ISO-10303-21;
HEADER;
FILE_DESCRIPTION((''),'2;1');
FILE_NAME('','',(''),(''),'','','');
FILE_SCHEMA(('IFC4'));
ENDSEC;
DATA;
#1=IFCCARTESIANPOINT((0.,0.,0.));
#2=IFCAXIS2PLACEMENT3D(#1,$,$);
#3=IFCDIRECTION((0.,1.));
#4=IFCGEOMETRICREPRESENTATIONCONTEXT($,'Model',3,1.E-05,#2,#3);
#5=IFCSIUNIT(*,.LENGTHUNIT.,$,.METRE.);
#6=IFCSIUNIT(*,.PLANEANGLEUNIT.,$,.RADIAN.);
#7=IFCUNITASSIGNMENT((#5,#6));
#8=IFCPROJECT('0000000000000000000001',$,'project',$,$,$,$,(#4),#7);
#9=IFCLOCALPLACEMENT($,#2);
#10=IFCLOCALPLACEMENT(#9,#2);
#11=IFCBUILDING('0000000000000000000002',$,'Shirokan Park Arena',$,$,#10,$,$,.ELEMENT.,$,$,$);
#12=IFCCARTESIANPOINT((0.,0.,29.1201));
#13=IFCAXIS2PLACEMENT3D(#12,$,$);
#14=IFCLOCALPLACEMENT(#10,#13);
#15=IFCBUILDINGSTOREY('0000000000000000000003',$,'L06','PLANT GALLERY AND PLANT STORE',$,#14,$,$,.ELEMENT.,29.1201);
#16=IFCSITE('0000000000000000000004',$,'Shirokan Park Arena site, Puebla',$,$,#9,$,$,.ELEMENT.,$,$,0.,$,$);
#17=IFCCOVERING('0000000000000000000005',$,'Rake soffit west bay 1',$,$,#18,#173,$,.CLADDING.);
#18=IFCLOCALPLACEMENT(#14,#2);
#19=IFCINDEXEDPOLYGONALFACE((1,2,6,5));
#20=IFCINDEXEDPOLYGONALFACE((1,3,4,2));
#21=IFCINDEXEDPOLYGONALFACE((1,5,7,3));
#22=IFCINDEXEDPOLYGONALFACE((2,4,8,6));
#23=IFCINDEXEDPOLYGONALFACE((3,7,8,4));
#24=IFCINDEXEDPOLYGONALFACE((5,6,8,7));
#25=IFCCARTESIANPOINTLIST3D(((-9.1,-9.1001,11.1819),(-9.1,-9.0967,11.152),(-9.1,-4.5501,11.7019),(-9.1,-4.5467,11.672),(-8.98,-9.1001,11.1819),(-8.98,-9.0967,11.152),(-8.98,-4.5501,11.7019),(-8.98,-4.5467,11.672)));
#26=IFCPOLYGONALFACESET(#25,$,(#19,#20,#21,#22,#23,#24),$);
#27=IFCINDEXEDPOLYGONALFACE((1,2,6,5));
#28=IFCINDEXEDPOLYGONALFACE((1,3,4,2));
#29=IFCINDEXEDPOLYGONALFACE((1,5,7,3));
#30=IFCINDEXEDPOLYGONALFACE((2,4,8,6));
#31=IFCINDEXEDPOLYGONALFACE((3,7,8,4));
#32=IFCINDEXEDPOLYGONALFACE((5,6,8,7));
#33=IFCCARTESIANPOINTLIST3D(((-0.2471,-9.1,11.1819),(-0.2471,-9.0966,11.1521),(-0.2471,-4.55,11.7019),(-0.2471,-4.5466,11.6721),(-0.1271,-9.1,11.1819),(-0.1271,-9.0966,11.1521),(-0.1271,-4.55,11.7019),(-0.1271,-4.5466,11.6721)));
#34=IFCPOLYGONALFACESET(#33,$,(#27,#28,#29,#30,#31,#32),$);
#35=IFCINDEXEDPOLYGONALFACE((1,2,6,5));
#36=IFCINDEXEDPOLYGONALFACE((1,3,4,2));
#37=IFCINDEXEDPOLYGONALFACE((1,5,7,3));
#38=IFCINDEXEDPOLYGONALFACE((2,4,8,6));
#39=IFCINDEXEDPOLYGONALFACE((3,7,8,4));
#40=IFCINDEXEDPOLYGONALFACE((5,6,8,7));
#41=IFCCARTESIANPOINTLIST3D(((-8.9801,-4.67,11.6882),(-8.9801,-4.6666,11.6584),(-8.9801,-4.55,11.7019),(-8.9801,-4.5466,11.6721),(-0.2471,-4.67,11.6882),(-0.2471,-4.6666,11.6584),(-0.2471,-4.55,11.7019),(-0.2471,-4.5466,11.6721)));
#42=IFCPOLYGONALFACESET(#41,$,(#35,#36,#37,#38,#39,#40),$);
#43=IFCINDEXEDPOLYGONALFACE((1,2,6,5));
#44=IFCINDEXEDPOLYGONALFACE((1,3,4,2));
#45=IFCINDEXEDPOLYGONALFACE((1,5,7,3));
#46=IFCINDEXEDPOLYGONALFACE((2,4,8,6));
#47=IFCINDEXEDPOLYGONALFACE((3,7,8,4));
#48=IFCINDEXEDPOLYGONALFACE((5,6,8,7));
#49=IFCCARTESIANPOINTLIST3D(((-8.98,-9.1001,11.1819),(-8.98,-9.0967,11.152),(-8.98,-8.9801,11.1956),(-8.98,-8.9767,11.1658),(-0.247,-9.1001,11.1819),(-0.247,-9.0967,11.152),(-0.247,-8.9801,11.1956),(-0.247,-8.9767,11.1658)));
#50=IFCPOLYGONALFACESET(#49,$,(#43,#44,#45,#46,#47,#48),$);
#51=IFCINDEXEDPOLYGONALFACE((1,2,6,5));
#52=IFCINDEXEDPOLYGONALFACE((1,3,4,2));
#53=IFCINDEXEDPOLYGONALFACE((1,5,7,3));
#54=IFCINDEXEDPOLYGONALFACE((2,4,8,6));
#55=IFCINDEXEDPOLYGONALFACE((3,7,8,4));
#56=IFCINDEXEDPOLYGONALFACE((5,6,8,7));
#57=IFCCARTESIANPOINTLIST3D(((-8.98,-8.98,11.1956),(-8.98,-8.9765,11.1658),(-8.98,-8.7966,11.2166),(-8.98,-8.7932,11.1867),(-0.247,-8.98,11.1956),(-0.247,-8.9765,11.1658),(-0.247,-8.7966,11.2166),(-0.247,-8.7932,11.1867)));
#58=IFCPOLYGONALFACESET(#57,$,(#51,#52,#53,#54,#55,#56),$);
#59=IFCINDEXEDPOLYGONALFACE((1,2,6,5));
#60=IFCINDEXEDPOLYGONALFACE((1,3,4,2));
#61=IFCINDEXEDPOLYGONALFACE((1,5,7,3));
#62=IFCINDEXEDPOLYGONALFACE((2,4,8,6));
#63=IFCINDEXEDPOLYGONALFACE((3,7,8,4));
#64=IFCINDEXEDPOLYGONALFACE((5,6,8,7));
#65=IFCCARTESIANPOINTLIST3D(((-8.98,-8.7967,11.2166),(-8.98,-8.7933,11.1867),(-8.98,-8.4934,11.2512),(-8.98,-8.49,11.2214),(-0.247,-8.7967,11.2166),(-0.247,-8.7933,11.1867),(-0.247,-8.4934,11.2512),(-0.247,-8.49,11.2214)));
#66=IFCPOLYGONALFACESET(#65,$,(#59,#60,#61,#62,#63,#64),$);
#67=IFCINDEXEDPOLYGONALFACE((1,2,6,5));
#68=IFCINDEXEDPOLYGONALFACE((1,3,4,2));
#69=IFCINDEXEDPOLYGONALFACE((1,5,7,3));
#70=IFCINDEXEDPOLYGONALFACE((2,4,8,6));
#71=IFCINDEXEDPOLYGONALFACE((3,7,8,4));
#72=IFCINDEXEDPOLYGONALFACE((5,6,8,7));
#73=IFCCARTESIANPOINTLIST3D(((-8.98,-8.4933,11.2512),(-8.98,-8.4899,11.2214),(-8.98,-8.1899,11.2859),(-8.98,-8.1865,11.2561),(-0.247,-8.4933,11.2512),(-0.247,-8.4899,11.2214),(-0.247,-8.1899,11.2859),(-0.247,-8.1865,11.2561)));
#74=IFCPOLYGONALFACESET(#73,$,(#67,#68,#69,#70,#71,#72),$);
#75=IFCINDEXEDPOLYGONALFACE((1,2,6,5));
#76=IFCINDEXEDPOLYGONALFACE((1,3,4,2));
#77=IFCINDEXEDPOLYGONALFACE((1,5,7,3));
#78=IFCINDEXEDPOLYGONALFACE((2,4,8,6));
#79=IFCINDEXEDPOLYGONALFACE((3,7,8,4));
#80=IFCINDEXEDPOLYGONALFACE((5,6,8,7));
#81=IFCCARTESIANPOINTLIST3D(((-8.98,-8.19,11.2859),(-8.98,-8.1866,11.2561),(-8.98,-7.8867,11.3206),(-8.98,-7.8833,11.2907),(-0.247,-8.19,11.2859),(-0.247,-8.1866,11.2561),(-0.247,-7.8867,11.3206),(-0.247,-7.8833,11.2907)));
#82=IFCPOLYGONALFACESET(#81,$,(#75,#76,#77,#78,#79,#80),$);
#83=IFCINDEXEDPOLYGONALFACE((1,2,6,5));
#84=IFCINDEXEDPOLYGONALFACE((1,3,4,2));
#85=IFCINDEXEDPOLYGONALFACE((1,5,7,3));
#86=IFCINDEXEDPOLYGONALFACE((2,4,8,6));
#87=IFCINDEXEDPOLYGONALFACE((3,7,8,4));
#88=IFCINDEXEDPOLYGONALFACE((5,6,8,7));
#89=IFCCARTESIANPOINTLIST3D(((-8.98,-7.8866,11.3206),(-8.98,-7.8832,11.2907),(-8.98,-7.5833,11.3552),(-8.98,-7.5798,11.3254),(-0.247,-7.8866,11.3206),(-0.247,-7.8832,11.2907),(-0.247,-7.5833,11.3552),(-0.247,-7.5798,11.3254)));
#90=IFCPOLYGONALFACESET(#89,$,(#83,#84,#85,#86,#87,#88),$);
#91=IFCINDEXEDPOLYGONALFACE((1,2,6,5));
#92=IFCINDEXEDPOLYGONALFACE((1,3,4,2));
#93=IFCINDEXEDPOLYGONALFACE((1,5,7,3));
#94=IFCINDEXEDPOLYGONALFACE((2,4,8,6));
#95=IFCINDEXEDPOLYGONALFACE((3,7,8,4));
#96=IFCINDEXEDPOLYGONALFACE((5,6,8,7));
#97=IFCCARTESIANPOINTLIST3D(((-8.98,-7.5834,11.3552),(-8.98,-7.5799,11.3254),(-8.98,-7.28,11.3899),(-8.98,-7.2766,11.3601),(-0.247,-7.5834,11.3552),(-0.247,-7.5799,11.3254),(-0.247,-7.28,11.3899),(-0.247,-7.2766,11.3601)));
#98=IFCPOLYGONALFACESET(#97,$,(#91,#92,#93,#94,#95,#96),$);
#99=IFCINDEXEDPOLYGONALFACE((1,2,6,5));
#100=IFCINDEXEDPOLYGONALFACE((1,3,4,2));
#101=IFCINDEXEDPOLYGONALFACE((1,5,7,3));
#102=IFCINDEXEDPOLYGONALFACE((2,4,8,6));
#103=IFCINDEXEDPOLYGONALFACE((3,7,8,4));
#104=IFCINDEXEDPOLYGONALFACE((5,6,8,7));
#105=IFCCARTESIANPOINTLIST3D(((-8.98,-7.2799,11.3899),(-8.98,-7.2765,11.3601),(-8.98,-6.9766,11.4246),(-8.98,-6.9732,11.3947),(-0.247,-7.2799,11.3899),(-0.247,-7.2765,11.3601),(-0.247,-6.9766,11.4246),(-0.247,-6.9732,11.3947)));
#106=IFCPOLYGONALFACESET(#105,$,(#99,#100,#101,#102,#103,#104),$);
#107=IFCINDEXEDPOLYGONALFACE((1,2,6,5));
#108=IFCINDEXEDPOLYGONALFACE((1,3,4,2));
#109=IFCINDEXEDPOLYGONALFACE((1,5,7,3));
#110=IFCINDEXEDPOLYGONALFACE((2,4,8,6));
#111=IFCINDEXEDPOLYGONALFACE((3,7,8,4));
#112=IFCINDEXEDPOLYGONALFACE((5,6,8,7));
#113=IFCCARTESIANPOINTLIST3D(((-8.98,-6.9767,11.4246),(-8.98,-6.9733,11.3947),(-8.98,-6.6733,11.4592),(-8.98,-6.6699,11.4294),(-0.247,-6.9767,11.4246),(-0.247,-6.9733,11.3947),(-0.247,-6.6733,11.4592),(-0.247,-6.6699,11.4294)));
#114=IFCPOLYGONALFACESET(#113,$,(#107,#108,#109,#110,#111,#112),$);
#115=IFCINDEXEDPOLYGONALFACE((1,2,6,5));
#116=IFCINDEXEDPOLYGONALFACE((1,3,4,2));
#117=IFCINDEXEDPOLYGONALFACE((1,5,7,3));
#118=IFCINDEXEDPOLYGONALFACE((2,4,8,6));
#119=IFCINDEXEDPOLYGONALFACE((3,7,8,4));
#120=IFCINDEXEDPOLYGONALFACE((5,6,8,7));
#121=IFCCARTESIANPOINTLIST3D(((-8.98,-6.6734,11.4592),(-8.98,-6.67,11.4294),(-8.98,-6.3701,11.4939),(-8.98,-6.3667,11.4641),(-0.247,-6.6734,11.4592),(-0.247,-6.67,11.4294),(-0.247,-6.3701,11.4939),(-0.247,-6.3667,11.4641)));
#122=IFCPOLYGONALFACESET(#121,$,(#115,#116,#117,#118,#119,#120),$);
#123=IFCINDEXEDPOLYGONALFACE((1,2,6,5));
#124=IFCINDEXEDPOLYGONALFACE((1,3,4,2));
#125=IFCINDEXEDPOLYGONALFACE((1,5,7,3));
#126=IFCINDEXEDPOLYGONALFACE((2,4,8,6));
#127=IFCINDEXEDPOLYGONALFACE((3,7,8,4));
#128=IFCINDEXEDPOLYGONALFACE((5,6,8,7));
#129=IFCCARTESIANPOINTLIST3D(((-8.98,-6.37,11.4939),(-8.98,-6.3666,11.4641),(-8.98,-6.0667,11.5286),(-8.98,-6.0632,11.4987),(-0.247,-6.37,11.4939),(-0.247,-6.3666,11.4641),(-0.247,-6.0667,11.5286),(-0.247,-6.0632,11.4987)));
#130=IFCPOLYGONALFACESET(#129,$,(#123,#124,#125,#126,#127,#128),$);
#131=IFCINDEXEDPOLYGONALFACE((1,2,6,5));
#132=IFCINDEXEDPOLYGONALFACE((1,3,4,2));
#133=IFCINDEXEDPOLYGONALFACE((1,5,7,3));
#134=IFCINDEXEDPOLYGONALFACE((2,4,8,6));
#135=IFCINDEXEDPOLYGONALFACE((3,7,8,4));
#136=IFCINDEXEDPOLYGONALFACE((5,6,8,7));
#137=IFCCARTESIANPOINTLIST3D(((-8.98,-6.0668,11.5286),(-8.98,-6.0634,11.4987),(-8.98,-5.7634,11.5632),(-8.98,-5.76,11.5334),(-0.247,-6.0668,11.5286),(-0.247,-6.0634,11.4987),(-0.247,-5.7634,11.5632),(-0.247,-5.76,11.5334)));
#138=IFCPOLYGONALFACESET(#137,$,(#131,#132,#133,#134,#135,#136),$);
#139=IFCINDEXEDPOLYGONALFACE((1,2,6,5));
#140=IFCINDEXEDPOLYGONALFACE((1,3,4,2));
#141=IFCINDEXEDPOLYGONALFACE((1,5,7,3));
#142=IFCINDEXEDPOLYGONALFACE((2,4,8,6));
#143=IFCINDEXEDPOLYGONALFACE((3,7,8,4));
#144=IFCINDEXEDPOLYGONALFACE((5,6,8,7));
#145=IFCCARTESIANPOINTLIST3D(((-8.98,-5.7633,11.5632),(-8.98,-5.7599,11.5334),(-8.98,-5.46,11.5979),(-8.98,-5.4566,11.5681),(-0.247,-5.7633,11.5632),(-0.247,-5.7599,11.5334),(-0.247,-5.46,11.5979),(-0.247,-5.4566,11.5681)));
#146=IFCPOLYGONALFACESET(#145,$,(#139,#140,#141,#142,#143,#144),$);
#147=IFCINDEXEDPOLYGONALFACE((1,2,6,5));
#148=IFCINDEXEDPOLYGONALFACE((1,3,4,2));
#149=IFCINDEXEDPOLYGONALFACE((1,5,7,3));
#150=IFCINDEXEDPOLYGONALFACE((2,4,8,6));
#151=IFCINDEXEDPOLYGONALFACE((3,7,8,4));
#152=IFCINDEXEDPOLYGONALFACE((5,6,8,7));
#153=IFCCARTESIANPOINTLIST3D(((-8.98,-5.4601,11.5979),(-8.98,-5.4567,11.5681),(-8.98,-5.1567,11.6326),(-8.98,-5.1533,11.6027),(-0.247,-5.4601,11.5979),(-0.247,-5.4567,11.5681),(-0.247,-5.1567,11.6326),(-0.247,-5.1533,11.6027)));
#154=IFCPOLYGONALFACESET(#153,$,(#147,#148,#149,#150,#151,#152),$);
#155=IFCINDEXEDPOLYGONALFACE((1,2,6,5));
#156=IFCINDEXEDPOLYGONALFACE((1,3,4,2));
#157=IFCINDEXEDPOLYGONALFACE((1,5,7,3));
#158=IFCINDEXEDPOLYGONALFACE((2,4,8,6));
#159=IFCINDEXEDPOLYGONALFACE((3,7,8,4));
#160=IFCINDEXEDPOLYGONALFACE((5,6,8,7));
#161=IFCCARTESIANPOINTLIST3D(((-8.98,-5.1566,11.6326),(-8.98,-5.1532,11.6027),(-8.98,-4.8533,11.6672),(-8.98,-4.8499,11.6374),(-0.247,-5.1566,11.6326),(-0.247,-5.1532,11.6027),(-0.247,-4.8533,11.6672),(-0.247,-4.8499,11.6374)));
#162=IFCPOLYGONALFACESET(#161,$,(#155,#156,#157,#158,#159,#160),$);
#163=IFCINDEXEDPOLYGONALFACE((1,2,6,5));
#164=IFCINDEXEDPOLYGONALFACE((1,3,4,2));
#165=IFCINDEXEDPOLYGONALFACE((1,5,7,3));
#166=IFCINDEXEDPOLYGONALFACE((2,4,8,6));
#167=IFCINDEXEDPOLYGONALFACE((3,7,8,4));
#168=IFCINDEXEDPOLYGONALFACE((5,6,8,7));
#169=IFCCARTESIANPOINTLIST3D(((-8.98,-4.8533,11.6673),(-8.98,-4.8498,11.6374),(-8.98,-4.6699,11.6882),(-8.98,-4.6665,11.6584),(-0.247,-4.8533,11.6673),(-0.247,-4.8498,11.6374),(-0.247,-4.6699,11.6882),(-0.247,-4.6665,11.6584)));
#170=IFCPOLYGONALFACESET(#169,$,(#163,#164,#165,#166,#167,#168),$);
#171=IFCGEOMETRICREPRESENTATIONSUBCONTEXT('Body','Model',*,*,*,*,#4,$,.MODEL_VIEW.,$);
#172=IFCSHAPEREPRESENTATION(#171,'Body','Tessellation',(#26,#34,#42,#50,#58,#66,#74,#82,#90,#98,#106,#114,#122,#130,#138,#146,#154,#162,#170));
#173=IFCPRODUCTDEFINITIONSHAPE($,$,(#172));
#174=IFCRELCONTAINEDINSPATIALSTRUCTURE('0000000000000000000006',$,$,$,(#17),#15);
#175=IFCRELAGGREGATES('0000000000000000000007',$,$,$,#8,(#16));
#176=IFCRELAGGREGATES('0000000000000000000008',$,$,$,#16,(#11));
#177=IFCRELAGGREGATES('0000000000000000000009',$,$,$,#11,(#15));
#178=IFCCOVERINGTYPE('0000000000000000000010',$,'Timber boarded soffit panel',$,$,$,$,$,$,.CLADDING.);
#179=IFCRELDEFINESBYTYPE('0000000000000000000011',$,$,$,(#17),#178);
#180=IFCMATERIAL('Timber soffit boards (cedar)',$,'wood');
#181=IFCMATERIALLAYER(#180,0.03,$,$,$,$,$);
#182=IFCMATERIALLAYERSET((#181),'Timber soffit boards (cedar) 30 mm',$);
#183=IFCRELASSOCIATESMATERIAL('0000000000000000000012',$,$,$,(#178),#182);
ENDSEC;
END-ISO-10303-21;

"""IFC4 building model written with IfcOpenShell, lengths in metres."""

from ifc_helpers import new_model, si_unit, direction, frame, origin, place, context, subcontext, project, spatial, polyline, outline, extrude, material, layer, layer_set, type_object, element, save


model = new_model("IFC4")

# Units and contexts
model_context = context("Model", 3, precision=1e-05, world=origin(), true_north=direction((0.0, 1.0)))
body_context = subcontext(model_context, "Body", "Model", "MODEL_VIEW")
ifc_project = project(units=[si_unit("LENGTHUNIT", "METRE"), si_unit("PLANEANGLEUNIT", "RADIAN")], contexts=[model_context])

# Site, building, storey
site_placement = place(None, origin())
site = spatial("IfcSite", under=ifc_project, at=site_placement, Name="Shirokan Park Arena site, Puebla", CompositionType="ELEMENT", RefElevation=0.0)
building_placement = place(site_placement, origin())
building = spatial("IfcBuilding", under=site, at=building_placement, Name="Shirokan Park Arena", CompositionType="ELEMENT")
storey_placement = place(building_placement, frame((0.0, 0.0, 29.1201)))
storey = spatial("IfcBuildingStorey", under=building, at=storey_placement, Name="L06", Description="PLANT GALLERY AND PLANT STORE", CompositionType="ELEMENT", Elevation=29.1201)

# Covering
ifc_material = material(Name="Timber soffit boards (cedar)", Category="wood")
ifc_layer = layer(ifc_material, 0.03)
ifc_layer_set = layer_set([ifc_layer], Name="Timber soffit boards (cedar) 30 mm")
covering_type = type_object("IfcCoveringType", Name="Timber boarded soffit panel", PredefinedType="CLADDING", material=ifc_layer_set)
covering_1_placement = place(storey_placement, origin())
element("IfcCovering", 1, at=covering_1_placement, inside=storey, type_object=covering_type, Name="Rake soffit west bay 1", PredefinedType="CLADDING", context=body_context, shape_type="SweptSolid", body=[
    extrude(outline(polyline([(0.0, 0.0), (0.12, 0.0), (0.12, -4.5796), (0.0, -4.5796), (0.0, 0.0)])), frame((-8.98, -9.1001, 11.1819), z_axis=(0.0, -0.113547, 0.993533), x_axis=(-1.0, 0.0, 0.0)), (0.0, 0.0, -1.0), 0.03),
    extrude(outline(polyline([(0.0, 0.0), (0.12, 0.0), (0.12, -4.5796), (0.0, -4.5796), (0.0, 0.0)])), frame((-0.2471, -4.55, 11.7019), z_axis=(0.0, -0.113547, 0.993533), x_axis=(1.0, 0.0, 0.0)), (0.0, 0.0, -1.0), 0.03),
    extrude(outline(polyline([(0.0, 0.0), (0.1208, 0.0), (0.1208, -8.733), (0.0, -8.733), (0.0, 0.0)])), frame((-0.2471, -4.55, 11.7019), z_axis=(0.0, -0.113512, 0.993537), x_axis=(0.0, -0.993537, -0.113512)), (0.0, 0.0, -1.0), 0.03),
    extrude(outline(polyline([(0.0, 0.0), (0.1208, 0.0), (0.1208, -8.733), (0.0, -8.733), (0.0, 0.0)])), frame((-8.98, -9.1001, 11.1819), z_axis=(0.0, -0.113512, 0.993537), x_axis=(0.0, 0.993537, 0.113512)), (0.0, 0.0, -1.0), 0.03),
    extrude(outline(polyline([(0.0, 0.0), (8.733, 0.0), (8.733, -0.1845), (0.0, -0.1845), (0.0, 0.0)])), frame((-8.98, -8.7966, 11.2166), z_axis=(0.0, -0.113589, 0.993528), x_axis=(1.0, 0.0, 0.0)), (0.0, 0.0, -1.0), 0.03),
    extrude(outline(polyline([(0.0, 0.0), (8.733, 0.0), (8.733, -0.3053), (0.0, -0.3053), (0.0, 0.0)])), frame((-8.98, -8.4934, 11.2512), z_axis=(0.0, -0.113523, 0.993535), x_axis=(1.0, 0.0, 0.0)), (0.0, 0.0, -1.0), 0.03),
    extrude(outline(polyline([(0.0, 0.0), (8.733, 0.0), (8.733, -0.3053), (0.0, -0.3053), (0.0, 0.0)])), frame((-8.98, -8.1899, 11.2859), z_axis=(0.0, -0.113559, 0.993531), x_axis=(1.0, 0.0, 0.0)), (0.0, 0.0, -1.0), 0.03),
    extrude(outline(polyline([(0.0, 0.0), (8.733, 0.0), (8.733, -0.3053), (0.0, -0.3053), (0.0, 0.0)])), frame((-8.98, -7.8867, 11.3206), z_axis=(0.0, -0.113559, 0.993531), x_axis=(1.0, 0.0, 0.0)), (0.0, 0.0, -1.0), 0.03),
    extrude(outline(polyline([(0.0, 0.0), (8.733, 0.0), (8.733, -0.3053), (0.0, -0.3053), (0.0, 0.0)])), frame((-8.98, -7.5833, 11.3552), z_axis=(0.0, -0.113523, 0.993535), x_axis=(1.0, 0.0, 0.0)), (0.0, 0.0, -1.0), 0.03),
    extrude(outline(polyline([(0.0, 0.0), (8.733, 0.0), (8.733, -0.3053), (0.0, -0.3053), (0.0, 0.0)])), frame((-8.98, -7.28, 11.3899), z_axis=(0.0, -0.113559, 0.993531), x_axis=(1.0, 0.0, 0.0)), (0.0, 0.0, -1.0), 0.03),
    extrude(outline(polyline([(0.0, 0.0), (8.733, 0.0), (8.733, -0.3053), (0.0, -0.3053), (0.0, 0.0)])), frame((-8.98, -6.9766, 11.4246), z_axis=(0.0, -0.113559, 0.993531), x_axis=(1.0, 0.0, 0.0)), (0.0, 0.0, -1.0), 0.03),
    extrude(outline(polyline([(0.0, 0.0), (8.733, 0.0), (8.733, -0.3053), (0.0, -0.3053), (0.0, 0.0)])), frame((-8.98, -6.6733, 11.4592), z_axis=(0.0, -0.113523, 0.993535), x_axis=(1.0, 0.0, 0.0)), (0.0, 0.0, -1.0), 0.03),
    extrude(outline(polyline([(0.0, 0.0), (8.733, 0.0), (8.733, -0.3053), (0.0, -0.3053), (0.0, 0.0)])), frame((-8.98, -6.3701, 11.4939), z_axis=(0.0, -0.113559, 0.993531), x_axis=(1.0, 0.0, 0.0)), (0.0, 0.0, -1.0), 0.03),
    extrude(outline(polyline([(0.0, 0.0), (8.733, 0.0), (8.733, -0.3053), (0.0, -0.3053), (0.0, 0.0)])), frame((-8.98, -6.0667, 11.5286), z_axis=(0.0, -0.113559, 0.993531), x_axis=(1.0, 0.0, 0.0)), (0.0, 0.0, -1.0), 0.03),
    extrude(outline(polyline([(0.0, 0.0), (8.733, 0.0), (8.733, -0.3053), (0.0, -0.3053), (0.0, 0.0)])), frame((-8.98, -5.7634, 11.5632), z_axis=(0.0, -0.113523, 0.993535), x_axis=(1.0, 0.0, 0.0)), (0.0, 0.0, -1.0), 0.03),
    extrude(outline(polyline([(0.0, 0.0), (8.733, 0.0), (8.733, -0.3053), (0.0, -0.3053), (0.0, 0.0)])), frame((-8.98, -5.46, 11.5979), z_axis=(0.0, -0.113559, 0.993531), x_axis=(1.0, 0.0, 0.0)), (0.0, 0.0, -1.0), 0.03),
    extrude(outline(polyline([(0.0, 0.0), (8.733, 0.0), (8.733, -0.3053), (0.0, -0.3053), (0.0, 0.0)])), frame((-8.98, -5.1567, 11.6326), z_axis=(0.0, -0.113559, 0.993531), x_axis=(1.0, 0.0, 0.0)), (0.0, 0.0, -1.0), 0.03),
    extrude(outline(polyline([(0.0, 0.0), (8.733, 0.0), (8.733, -0.3053), (0.0, -0.3053), (0.0, 0.0)])), frame((-8.98, -4.8533, 11.6672), z_axis=(0.0, -0.113523, 0.993535), x_axis=(1.0, 0.0, 0.0)), (0.0, 0.0, -1.0), 0.03),
    extrude(outline(polyline([(0.0, 0.0), (8.733, 0.0), (8.733, -0.1845), (0.0, -0.1845), (0.0, 0.0)])), frame((-8.98, -4.6699, 11.6882), z_axis=(0.0, -0.113589, 0.993528), x_axis=(1.0, 0.0, 0.0)), (0.0, 0.0, -1.0), 0.03),
])

save(model, "model.ifc")
